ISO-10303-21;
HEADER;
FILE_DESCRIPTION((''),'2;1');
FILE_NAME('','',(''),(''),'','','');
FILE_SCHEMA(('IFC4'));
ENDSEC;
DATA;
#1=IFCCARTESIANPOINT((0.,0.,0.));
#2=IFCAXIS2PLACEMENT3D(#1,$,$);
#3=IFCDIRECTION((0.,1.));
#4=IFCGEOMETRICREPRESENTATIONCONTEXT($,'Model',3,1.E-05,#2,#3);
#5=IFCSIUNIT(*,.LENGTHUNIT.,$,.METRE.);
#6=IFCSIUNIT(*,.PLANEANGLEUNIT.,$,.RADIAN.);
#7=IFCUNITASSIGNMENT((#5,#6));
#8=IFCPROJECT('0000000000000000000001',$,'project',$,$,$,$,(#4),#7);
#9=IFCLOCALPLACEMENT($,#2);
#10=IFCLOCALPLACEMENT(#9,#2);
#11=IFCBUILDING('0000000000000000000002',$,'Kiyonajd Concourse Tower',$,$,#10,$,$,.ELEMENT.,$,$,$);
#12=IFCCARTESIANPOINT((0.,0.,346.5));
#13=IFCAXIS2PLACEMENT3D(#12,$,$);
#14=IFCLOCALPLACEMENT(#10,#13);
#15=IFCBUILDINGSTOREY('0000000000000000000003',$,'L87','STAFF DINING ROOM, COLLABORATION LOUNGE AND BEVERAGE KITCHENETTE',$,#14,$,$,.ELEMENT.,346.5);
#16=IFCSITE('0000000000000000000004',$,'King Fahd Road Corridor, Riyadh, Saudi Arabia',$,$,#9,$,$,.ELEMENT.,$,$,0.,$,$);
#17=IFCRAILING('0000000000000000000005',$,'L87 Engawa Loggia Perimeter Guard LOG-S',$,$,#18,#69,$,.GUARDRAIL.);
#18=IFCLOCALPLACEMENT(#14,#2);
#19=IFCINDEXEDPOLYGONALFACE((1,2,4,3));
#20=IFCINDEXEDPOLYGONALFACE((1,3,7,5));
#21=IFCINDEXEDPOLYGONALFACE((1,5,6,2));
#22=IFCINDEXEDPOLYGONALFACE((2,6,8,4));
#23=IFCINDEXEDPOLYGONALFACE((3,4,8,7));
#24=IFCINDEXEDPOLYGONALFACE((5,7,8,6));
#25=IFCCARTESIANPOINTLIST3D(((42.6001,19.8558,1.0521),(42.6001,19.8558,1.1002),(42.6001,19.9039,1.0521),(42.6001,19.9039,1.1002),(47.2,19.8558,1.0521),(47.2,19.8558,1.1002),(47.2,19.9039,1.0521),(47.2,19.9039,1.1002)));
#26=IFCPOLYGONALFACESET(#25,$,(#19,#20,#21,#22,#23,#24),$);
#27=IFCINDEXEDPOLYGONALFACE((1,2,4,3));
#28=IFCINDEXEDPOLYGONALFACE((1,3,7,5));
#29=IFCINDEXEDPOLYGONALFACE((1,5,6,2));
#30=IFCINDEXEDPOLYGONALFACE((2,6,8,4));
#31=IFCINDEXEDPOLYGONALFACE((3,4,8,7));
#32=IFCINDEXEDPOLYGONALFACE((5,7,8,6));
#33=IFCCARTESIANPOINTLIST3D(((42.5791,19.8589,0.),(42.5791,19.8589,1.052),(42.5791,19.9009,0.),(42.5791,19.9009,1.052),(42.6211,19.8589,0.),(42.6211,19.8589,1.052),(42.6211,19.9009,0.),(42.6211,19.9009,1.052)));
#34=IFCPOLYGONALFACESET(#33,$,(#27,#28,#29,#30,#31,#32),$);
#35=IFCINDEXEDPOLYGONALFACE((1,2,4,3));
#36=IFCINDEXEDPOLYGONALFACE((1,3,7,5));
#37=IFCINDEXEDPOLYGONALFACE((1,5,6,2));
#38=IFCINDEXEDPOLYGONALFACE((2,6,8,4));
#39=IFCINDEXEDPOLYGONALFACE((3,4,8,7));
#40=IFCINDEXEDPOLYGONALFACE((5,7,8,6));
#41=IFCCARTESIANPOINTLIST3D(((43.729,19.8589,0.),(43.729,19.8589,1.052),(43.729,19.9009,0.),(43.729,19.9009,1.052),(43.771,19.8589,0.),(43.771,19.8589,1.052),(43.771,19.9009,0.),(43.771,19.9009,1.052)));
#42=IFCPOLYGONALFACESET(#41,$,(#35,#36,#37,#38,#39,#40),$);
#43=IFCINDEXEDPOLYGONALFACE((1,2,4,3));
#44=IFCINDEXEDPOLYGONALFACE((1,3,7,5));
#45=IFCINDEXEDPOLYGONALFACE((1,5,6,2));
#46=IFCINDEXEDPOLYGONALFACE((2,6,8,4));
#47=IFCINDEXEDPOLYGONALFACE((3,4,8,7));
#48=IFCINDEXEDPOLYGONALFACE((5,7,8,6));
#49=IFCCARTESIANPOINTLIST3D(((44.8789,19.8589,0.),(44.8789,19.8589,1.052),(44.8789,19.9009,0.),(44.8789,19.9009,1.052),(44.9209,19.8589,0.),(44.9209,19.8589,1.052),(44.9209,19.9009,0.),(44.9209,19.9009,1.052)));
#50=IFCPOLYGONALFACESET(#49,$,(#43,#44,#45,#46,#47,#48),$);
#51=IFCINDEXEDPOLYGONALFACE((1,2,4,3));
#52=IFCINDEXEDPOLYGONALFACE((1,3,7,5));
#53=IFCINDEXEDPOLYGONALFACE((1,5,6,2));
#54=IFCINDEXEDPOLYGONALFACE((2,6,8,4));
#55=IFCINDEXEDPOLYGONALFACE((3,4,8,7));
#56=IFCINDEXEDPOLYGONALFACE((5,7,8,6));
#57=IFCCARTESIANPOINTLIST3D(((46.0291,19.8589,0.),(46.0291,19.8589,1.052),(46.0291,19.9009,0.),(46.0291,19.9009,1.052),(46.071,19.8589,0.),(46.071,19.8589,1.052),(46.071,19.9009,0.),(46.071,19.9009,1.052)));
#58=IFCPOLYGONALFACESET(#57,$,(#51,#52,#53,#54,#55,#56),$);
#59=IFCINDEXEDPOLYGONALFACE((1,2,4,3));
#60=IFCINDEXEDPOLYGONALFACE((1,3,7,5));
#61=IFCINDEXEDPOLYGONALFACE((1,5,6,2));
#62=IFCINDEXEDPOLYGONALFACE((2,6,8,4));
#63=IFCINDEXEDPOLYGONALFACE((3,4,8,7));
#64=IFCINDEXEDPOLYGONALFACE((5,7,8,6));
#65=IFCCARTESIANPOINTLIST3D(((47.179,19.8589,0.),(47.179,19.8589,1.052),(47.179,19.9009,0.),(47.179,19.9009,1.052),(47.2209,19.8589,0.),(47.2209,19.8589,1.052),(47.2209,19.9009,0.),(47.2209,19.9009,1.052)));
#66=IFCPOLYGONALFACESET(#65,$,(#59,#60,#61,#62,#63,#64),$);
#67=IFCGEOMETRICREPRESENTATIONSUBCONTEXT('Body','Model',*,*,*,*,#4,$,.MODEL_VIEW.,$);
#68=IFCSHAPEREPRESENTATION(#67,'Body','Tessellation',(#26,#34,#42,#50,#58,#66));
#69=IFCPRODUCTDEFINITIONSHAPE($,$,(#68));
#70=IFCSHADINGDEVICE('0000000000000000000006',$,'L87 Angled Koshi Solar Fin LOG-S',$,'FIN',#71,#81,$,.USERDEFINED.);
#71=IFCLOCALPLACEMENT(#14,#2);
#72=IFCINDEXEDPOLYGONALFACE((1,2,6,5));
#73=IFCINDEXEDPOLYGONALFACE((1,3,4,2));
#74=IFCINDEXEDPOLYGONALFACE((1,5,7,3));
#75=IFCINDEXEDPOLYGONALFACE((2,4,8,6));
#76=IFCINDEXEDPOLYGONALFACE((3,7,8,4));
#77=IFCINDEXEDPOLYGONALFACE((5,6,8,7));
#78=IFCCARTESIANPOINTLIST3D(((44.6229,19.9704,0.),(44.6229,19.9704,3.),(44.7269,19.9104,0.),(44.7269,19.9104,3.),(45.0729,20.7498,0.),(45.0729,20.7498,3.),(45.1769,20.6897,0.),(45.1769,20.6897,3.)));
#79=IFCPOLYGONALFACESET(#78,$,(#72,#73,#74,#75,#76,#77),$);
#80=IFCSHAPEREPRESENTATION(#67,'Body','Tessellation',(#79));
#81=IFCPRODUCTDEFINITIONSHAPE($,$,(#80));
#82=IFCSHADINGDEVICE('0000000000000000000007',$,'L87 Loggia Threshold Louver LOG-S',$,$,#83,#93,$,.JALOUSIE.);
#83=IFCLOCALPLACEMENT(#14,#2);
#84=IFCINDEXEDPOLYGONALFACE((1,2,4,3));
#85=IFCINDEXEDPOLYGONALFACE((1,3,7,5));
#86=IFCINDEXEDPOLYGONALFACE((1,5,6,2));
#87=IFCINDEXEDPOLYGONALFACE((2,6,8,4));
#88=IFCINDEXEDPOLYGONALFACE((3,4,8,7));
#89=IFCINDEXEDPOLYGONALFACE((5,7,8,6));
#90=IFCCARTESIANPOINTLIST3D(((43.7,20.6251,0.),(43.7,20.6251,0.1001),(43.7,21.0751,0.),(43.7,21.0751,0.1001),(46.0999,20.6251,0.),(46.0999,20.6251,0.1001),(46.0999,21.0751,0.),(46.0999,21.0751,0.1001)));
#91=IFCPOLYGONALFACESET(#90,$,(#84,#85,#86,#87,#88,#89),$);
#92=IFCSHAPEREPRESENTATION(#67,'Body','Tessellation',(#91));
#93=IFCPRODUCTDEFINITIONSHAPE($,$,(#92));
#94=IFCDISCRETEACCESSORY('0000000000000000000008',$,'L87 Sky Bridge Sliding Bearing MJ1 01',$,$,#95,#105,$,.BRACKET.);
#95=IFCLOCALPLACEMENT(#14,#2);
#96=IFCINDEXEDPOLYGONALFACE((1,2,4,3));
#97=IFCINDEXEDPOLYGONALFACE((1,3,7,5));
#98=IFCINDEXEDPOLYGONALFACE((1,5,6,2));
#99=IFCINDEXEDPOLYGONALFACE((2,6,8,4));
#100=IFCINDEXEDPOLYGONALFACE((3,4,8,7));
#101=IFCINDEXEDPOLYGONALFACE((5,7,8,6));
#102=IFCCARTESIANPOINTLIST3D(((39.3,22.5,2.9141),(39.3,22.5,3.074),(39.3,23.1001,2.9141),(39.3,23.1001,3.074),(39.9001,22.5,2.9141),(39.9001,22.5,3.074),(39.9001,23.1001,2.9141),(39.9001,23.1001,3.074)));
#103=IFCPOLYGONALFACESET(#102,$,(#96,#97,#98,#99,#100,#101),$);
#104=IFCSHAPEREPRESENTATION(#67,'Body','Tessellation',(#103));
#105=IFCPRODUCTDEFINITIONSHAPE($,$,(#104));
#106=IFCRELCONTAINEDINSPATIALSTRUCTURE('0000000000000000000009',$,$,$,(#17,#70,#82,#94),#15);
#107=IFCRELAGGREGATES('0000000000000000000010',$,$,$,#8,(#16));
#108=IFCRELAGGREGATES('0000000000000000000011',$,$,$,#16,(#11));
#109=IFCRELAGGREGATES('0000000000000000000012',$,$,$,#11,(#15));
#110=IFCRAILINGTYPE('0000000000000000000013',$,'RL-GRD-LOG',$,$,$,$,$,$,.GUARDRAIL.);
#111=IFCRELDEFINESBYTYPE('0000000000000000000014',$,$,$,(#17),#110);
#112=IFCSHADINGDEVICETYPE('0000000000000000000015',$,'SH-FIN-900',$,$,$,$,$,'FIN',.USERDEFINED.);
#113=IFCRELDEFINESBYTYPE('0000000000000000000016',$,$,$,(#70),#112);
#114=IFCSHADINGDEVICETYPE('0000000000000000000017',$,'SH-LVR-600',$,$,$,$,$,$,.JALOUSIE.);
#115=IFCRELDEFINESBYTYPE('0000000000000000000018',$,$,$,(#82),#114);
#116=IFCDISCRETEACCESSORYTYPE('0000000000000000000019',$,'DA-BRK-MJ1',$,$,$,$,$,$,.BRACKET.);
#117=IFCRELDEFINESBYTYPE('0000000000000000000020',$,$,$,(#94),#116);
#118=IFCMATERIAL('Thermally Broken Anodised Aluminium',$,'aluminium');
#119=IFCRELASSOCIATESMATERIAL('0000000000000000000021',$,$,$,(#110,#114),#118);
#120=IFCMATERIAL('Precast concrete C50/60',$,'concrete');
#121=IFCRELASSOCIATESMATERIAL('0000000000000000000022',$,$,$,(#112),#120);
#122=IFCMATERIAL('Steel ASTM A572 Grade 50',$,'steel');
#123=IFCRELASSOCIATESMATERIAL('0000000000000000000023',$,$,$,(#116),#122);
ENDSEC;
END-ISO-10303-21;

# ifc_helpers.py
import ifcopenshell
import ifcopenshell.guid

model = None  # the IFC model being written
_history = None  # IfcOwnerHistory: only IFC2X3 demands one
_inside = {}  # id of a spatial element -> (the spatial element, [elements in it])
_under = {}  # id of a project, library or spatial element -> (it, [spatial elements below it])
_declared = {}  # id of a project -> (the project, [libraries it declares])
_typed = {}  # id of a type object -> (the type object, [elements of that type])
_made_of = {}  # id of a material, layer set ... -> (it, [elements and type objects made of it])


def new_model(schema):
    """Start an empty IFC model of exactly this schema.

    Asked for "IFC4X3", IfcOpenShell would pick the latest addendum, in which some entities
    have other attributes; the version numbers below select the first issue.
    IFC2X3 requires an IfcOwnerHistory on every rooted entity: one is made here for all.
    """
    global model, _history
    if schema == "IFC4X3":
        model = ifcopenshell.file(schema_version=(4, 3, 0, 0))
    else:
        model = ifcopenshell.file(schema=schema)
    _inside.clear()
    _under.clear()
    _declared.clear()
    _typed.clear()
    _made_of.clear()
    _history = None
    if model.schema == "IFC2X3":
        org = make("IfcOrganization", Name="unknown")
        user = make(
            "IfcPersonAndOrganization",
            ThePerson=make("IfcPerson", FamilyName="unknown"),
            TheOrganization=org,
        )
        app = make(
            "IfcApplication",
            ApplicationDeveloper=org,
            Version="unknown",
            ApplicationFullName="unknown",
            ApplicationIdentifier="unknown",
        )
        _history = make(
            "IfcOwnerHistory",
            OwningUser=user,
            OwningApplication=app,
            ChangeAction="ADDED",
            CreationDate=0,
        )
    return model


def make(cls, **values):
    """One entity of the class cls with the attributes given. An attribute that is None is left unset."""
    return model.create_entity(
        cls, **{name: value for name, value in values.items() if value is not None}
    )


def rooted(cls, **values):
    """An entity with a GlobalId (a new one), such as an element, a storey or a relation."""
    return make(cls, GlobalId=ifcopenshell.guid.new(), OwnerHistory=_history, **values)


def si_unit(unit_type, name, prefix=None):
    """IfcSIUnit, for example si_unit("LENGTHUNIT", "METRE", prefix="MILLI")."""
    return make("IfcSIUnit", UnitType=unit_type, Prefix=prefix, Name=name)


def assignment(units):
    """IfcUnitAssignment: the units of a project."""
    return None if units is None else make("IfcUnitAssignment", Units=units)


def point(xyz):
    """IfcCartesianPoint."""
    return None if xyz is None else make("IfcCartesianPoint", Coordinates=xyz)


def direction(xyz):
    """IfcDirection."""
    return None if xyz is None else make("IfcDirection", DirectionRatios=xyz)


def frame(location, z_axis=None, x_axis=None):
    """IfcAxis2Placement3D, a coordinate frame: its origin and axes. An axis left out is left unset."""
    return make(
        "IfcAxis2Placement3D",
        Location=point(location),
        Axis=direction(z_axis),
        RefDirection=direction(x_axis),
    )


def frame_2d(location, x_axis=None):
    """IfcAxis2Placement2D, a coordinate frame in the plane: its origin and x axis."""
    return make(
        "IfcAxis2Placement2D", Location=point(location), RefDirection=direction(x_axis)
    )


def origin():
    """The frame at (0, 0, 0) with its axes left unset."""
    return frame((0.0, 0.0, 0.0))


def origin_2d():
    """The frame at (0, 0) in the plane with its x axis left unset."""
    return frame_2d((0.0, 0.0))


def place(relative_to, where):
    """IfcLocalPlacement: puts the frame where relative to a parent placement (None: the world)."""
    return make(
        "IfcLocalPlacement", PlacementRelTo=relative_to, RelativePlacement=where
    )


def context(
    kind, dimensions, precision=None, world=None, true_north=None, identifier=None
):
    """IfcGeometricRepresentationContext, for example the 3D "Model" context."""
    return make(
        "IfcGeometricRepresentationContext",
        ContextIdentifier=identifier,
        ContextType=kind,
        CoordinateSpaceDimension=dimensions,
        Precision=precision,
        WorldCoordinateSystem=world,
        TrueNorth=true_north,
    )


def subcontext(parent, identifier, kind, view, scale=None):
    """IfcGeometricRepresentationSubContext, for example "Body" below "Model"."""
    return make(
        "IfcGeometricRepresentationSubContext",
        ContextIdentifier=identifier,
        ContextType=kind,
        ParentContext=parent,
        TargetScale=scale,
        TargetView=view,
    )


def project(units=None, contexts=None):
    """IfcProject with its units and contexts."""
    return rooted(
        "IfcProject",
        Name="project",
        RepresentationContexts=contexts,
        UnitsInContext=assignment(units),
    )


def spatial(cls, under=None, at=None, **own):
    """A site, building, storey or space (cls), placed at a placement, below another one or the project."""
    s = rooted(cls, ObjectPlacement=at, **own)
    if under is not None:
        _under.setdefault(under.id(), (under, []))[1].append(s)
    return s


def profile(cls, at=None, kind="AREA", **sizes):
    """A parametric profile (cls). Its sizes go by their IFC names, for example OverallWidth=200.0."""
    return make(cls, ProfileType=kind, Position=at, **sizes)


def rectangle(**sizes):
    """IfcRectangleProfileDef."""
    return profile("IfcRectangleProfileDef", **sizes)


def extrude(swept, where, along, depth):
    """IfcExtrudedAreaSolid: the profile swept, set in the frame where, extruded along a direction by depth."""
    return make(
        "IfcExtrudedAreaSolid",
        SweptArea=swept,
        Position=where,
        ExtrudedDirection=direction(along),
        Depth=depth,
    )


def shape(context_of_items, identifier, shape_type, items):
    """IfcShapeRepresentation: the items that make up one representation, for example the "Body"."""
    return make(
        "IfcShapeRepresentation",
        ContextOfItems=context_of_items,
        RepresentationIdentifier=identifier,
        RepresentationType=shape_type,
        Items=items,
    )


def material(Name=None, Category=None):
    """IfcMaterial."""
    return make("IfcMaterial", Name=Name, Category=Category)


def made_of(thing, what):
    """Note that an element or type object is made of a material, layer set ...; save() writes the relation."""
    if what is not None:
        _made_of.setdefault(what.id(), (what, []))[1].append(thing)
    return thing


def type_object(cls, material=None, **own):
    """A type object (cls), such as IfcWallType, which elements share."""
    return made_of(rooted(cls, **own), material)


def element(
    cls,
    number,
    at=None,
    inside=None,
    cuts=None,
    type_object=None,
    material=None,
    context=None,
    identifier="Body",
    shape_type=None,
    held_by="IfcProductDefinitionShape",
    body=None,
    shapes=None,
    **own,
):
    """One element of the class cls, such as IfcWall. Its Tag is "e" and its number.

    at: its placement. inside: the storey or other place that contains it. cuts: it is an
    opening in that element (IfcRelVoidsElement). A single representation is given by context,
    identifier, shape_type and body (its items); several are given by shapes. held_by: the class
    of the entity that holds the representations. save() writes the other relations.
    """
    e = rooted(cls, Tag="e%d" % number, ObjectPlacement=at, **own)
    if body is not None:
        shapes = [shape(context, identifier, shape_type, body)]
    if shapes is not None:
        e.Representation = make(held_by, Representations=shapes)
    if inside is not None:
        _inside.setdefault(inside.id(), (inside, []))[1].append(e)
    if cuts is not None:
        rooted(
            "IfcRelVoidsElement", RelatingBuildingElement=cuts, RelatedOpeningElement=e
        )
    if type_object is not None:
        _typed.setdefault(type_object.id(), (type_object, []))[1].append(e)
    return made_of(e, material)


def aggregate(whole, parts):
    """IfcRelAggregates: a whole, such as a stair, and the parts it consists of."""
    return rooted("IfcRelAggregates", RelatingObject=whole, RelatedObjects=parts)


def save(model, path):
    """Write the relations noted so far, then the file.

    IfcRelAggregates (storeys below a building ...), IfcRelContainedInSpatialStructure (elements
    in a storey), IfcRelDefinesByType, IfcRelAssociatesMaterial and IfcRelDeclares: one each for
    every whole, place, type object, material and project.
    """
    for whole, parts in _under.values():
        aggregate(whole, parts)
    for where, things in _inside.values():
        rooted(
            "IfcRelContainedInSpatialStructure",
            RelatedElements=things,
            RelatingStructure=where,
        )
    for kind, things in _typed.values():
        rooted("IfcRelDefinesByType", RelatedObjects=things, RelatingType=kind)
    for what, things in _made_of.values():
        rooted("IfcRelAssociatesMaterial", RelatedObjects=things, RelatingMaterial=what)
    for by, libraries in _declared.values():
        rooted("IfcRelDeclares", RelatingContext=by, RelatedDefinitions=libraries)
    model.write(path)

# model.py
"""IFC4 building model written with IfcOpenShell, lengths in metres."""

from ifc_helpers import new_model, si_unit, direction, frame, origin, origin_2d, place, context, subcontext, project, spatial, rectangle, extrude, material, type_object, element, save


model = new_model("IFC4")

# Units and contexts
model_context = context("Model", 3, precision=1e-05, world=origin(), true_north=direction((0.0, 1.0)))
body_context = subcontext(model_context, "Body", "Model", "MODEL_VIEW")
ifc_project = project(units=[si_unit("LENGTHUNIT", "METRE"), si_unit("PLANEANGLEUNIT", "RADIAN")], contexts=[model_context])

# Site, building, storey
site_placement = place(None, origin())
site = spatial("IfcSite", under=ifc_project, at=site_placement, Name="King Fahd Road Corridor, Riyadh, Saudi Arabia", CompositionType="ELEMENT", RefElevation=0.0)
building_placement = place(site_placement, origin())
building = spatial("IfcBuilding", under=site, at=building_placement, Name="Kiyonajd Concourse Tower", CompositionType="ELEMENT")
storey_placement = place(building_placement, frame((0.0, 0.0, 346.5)))
storey = spatial("IfcBuildingStorey", under=building, at=storey_placement, Name="L87", Description="STAFF DINING ROOM, COLLABORATION LOUNGE AND BEVERAGE KITCHENETTE", CompositionType="ELEMENT", Elevation=346.5)

# Shared definitions
ifc_material_1 = material(Name="Steel ASTM A572 Grade 50", Category="steel")

# Shared definitions
ifc_material_2 = material(Name="Thermally Broken Anodised Aluminium", Category="aluminium")

# Shared definitions
ifc_material_3 = material(Name="Precast concrete C50/60", Category="concrete")

# Railing
railing_type = type_object("IfcRailingType", Name="RL-GRD-LOG", PredefinedType="GUARDRAIL", material=ifc_material_2)
railing_placement = place(storey_placement, frame((42.6001, 19.8799, 0.0)))
element("IfcRailing", 1, at=railing_placement, inside=storey, type_object=railing_type, Name="L87 Engawa Loggia Perimeter Guard LOG-S", PredefinedType="GUARDRAIL", context=body_context, shape_type="SweptSolid", body=[
    extrude(rectangle(XDim=0.0481, YDim=0.0481, at=origin_2d()), frame((0.0, 0.0, 1.0762), z_axis=(1.0, 0.0, 0.0), x_axis=(0.0, 1.0, 0.0)), (0.0, 0.0, 1.0), 4.5999),
    extrude(rectangle(XDim=0.042, YDim=0.042, at=origin_2d()), origin(), (0.0, 0.0, 1.0), 1.052),
    extrude(rectangle(XDim=0.042, YDim=0.042, at=origin_2d()), frame((1.1499, 0.0, 0.0)), (0.0, 0.0, 1.0), 1.052),
    extrude(rectangle(XDim=0.042, YDim=0.042, at=origin_2d()), frame((2.2998, 0.0, 0.0)), (0.0, 0.0, 1.0), 1.052),
    extrude(rectangle(XDim=0.042, YDim=0.042, at=origin_2d()), frame((3.45, 0.0, 0.0)), (0.0, 0.0, 1.0), 1.052),
    extrude(rectangle(XDim=0.042, YDim=0.042, at=origin_2d()), frame((4.5999, 0.0, 0.0)), (0.0, 0.0, 1.0), 1.052),
])

# Shading devices
shading_device_type_1 = type_object("IfcShadingDeviceType", Name="SH-FIN-900", ElementType="FIN", PredefinedType="USERDEFINED", material=ifc_material_3)
shading_device_1_placement = place(storey_placement, frame((44.8999, 20.3301, 0.0), z_axis=(0.0, 0.0, 1.0), x_axis=(0.5, 0.866025, 0.0)))
element("IfcShadingDevice", 2, at=shading_device_1_placement, inside=storey, type_object=shading_device_type_1, Name="L87 Angled Koshi Solar Fin LOG-S", ObjectType="FIN", PredefinedType="USERDEFINED", context=body_context, shape_type="SweptSolid", body=[
    extrude(rectangle(XDim=0.8999, YDim=0.1201, at=origin_2d()), origin(), (0.0, 0.0, 1.0), 3.0),
])
shading_device_type_2 = type_object("IfcShadingDeviceType", Name="SH-LVR-600", PredefinedType="JALOUSIE", material=ifc_material_2)
shading_device_2_placement = place(storey_placement, frame((44.8999, 20.8501, 0.0), z_axis=(0.0, 0.0, 1.0), x_axis=(1.0, 0.0, 0.0)))
element("IfcShadingDevice", 3, at=shading_device_2_placement, inside=storey, type_object=shading_device_type_2, Name="L87 Loggia Threshold Louver LOG-S", PredefinedType="JALOUSIE", context=body_context, shape_type="SweptSolid", body=[
    extrude(rectangle(XDim=2.3999, YDim=0.45, at=origin_2d()), origin(), (0.0, 0.0, 1.0), 0.1001),
])

# Discrete accessory
discrete_accessory_type = type_object("IfcDiscreteAccessoryType", Name="DA-BRK-MJ1", PredefinedType="BRACKET", material=ifc_material_1)
discrete_accessory_placement = place(storey_placement, frame((39.6001, 22.8, 2.9141), z_axis=(0.0, 0.0, 1.0), x_axis=(1.0, 0.0, 0.0)))
element("IfcDiscreteAccessory", 4, at=discrete_accessory_placement, inside=storey, type_object=discrete_accessory_type, Name="L87 Sky Bridge Sliding Bearing MJ1 01", PredefinedType="BRACKET", context=body_context, shape_type="SweptSolid", body=[
    extrude(rectangle(XDim=0.6001, YDim=0.6001, at=origin_2d()), origin(), (0.0, 0.0, 1.0), 0.1599),
])

save(model, "model.ifc")
